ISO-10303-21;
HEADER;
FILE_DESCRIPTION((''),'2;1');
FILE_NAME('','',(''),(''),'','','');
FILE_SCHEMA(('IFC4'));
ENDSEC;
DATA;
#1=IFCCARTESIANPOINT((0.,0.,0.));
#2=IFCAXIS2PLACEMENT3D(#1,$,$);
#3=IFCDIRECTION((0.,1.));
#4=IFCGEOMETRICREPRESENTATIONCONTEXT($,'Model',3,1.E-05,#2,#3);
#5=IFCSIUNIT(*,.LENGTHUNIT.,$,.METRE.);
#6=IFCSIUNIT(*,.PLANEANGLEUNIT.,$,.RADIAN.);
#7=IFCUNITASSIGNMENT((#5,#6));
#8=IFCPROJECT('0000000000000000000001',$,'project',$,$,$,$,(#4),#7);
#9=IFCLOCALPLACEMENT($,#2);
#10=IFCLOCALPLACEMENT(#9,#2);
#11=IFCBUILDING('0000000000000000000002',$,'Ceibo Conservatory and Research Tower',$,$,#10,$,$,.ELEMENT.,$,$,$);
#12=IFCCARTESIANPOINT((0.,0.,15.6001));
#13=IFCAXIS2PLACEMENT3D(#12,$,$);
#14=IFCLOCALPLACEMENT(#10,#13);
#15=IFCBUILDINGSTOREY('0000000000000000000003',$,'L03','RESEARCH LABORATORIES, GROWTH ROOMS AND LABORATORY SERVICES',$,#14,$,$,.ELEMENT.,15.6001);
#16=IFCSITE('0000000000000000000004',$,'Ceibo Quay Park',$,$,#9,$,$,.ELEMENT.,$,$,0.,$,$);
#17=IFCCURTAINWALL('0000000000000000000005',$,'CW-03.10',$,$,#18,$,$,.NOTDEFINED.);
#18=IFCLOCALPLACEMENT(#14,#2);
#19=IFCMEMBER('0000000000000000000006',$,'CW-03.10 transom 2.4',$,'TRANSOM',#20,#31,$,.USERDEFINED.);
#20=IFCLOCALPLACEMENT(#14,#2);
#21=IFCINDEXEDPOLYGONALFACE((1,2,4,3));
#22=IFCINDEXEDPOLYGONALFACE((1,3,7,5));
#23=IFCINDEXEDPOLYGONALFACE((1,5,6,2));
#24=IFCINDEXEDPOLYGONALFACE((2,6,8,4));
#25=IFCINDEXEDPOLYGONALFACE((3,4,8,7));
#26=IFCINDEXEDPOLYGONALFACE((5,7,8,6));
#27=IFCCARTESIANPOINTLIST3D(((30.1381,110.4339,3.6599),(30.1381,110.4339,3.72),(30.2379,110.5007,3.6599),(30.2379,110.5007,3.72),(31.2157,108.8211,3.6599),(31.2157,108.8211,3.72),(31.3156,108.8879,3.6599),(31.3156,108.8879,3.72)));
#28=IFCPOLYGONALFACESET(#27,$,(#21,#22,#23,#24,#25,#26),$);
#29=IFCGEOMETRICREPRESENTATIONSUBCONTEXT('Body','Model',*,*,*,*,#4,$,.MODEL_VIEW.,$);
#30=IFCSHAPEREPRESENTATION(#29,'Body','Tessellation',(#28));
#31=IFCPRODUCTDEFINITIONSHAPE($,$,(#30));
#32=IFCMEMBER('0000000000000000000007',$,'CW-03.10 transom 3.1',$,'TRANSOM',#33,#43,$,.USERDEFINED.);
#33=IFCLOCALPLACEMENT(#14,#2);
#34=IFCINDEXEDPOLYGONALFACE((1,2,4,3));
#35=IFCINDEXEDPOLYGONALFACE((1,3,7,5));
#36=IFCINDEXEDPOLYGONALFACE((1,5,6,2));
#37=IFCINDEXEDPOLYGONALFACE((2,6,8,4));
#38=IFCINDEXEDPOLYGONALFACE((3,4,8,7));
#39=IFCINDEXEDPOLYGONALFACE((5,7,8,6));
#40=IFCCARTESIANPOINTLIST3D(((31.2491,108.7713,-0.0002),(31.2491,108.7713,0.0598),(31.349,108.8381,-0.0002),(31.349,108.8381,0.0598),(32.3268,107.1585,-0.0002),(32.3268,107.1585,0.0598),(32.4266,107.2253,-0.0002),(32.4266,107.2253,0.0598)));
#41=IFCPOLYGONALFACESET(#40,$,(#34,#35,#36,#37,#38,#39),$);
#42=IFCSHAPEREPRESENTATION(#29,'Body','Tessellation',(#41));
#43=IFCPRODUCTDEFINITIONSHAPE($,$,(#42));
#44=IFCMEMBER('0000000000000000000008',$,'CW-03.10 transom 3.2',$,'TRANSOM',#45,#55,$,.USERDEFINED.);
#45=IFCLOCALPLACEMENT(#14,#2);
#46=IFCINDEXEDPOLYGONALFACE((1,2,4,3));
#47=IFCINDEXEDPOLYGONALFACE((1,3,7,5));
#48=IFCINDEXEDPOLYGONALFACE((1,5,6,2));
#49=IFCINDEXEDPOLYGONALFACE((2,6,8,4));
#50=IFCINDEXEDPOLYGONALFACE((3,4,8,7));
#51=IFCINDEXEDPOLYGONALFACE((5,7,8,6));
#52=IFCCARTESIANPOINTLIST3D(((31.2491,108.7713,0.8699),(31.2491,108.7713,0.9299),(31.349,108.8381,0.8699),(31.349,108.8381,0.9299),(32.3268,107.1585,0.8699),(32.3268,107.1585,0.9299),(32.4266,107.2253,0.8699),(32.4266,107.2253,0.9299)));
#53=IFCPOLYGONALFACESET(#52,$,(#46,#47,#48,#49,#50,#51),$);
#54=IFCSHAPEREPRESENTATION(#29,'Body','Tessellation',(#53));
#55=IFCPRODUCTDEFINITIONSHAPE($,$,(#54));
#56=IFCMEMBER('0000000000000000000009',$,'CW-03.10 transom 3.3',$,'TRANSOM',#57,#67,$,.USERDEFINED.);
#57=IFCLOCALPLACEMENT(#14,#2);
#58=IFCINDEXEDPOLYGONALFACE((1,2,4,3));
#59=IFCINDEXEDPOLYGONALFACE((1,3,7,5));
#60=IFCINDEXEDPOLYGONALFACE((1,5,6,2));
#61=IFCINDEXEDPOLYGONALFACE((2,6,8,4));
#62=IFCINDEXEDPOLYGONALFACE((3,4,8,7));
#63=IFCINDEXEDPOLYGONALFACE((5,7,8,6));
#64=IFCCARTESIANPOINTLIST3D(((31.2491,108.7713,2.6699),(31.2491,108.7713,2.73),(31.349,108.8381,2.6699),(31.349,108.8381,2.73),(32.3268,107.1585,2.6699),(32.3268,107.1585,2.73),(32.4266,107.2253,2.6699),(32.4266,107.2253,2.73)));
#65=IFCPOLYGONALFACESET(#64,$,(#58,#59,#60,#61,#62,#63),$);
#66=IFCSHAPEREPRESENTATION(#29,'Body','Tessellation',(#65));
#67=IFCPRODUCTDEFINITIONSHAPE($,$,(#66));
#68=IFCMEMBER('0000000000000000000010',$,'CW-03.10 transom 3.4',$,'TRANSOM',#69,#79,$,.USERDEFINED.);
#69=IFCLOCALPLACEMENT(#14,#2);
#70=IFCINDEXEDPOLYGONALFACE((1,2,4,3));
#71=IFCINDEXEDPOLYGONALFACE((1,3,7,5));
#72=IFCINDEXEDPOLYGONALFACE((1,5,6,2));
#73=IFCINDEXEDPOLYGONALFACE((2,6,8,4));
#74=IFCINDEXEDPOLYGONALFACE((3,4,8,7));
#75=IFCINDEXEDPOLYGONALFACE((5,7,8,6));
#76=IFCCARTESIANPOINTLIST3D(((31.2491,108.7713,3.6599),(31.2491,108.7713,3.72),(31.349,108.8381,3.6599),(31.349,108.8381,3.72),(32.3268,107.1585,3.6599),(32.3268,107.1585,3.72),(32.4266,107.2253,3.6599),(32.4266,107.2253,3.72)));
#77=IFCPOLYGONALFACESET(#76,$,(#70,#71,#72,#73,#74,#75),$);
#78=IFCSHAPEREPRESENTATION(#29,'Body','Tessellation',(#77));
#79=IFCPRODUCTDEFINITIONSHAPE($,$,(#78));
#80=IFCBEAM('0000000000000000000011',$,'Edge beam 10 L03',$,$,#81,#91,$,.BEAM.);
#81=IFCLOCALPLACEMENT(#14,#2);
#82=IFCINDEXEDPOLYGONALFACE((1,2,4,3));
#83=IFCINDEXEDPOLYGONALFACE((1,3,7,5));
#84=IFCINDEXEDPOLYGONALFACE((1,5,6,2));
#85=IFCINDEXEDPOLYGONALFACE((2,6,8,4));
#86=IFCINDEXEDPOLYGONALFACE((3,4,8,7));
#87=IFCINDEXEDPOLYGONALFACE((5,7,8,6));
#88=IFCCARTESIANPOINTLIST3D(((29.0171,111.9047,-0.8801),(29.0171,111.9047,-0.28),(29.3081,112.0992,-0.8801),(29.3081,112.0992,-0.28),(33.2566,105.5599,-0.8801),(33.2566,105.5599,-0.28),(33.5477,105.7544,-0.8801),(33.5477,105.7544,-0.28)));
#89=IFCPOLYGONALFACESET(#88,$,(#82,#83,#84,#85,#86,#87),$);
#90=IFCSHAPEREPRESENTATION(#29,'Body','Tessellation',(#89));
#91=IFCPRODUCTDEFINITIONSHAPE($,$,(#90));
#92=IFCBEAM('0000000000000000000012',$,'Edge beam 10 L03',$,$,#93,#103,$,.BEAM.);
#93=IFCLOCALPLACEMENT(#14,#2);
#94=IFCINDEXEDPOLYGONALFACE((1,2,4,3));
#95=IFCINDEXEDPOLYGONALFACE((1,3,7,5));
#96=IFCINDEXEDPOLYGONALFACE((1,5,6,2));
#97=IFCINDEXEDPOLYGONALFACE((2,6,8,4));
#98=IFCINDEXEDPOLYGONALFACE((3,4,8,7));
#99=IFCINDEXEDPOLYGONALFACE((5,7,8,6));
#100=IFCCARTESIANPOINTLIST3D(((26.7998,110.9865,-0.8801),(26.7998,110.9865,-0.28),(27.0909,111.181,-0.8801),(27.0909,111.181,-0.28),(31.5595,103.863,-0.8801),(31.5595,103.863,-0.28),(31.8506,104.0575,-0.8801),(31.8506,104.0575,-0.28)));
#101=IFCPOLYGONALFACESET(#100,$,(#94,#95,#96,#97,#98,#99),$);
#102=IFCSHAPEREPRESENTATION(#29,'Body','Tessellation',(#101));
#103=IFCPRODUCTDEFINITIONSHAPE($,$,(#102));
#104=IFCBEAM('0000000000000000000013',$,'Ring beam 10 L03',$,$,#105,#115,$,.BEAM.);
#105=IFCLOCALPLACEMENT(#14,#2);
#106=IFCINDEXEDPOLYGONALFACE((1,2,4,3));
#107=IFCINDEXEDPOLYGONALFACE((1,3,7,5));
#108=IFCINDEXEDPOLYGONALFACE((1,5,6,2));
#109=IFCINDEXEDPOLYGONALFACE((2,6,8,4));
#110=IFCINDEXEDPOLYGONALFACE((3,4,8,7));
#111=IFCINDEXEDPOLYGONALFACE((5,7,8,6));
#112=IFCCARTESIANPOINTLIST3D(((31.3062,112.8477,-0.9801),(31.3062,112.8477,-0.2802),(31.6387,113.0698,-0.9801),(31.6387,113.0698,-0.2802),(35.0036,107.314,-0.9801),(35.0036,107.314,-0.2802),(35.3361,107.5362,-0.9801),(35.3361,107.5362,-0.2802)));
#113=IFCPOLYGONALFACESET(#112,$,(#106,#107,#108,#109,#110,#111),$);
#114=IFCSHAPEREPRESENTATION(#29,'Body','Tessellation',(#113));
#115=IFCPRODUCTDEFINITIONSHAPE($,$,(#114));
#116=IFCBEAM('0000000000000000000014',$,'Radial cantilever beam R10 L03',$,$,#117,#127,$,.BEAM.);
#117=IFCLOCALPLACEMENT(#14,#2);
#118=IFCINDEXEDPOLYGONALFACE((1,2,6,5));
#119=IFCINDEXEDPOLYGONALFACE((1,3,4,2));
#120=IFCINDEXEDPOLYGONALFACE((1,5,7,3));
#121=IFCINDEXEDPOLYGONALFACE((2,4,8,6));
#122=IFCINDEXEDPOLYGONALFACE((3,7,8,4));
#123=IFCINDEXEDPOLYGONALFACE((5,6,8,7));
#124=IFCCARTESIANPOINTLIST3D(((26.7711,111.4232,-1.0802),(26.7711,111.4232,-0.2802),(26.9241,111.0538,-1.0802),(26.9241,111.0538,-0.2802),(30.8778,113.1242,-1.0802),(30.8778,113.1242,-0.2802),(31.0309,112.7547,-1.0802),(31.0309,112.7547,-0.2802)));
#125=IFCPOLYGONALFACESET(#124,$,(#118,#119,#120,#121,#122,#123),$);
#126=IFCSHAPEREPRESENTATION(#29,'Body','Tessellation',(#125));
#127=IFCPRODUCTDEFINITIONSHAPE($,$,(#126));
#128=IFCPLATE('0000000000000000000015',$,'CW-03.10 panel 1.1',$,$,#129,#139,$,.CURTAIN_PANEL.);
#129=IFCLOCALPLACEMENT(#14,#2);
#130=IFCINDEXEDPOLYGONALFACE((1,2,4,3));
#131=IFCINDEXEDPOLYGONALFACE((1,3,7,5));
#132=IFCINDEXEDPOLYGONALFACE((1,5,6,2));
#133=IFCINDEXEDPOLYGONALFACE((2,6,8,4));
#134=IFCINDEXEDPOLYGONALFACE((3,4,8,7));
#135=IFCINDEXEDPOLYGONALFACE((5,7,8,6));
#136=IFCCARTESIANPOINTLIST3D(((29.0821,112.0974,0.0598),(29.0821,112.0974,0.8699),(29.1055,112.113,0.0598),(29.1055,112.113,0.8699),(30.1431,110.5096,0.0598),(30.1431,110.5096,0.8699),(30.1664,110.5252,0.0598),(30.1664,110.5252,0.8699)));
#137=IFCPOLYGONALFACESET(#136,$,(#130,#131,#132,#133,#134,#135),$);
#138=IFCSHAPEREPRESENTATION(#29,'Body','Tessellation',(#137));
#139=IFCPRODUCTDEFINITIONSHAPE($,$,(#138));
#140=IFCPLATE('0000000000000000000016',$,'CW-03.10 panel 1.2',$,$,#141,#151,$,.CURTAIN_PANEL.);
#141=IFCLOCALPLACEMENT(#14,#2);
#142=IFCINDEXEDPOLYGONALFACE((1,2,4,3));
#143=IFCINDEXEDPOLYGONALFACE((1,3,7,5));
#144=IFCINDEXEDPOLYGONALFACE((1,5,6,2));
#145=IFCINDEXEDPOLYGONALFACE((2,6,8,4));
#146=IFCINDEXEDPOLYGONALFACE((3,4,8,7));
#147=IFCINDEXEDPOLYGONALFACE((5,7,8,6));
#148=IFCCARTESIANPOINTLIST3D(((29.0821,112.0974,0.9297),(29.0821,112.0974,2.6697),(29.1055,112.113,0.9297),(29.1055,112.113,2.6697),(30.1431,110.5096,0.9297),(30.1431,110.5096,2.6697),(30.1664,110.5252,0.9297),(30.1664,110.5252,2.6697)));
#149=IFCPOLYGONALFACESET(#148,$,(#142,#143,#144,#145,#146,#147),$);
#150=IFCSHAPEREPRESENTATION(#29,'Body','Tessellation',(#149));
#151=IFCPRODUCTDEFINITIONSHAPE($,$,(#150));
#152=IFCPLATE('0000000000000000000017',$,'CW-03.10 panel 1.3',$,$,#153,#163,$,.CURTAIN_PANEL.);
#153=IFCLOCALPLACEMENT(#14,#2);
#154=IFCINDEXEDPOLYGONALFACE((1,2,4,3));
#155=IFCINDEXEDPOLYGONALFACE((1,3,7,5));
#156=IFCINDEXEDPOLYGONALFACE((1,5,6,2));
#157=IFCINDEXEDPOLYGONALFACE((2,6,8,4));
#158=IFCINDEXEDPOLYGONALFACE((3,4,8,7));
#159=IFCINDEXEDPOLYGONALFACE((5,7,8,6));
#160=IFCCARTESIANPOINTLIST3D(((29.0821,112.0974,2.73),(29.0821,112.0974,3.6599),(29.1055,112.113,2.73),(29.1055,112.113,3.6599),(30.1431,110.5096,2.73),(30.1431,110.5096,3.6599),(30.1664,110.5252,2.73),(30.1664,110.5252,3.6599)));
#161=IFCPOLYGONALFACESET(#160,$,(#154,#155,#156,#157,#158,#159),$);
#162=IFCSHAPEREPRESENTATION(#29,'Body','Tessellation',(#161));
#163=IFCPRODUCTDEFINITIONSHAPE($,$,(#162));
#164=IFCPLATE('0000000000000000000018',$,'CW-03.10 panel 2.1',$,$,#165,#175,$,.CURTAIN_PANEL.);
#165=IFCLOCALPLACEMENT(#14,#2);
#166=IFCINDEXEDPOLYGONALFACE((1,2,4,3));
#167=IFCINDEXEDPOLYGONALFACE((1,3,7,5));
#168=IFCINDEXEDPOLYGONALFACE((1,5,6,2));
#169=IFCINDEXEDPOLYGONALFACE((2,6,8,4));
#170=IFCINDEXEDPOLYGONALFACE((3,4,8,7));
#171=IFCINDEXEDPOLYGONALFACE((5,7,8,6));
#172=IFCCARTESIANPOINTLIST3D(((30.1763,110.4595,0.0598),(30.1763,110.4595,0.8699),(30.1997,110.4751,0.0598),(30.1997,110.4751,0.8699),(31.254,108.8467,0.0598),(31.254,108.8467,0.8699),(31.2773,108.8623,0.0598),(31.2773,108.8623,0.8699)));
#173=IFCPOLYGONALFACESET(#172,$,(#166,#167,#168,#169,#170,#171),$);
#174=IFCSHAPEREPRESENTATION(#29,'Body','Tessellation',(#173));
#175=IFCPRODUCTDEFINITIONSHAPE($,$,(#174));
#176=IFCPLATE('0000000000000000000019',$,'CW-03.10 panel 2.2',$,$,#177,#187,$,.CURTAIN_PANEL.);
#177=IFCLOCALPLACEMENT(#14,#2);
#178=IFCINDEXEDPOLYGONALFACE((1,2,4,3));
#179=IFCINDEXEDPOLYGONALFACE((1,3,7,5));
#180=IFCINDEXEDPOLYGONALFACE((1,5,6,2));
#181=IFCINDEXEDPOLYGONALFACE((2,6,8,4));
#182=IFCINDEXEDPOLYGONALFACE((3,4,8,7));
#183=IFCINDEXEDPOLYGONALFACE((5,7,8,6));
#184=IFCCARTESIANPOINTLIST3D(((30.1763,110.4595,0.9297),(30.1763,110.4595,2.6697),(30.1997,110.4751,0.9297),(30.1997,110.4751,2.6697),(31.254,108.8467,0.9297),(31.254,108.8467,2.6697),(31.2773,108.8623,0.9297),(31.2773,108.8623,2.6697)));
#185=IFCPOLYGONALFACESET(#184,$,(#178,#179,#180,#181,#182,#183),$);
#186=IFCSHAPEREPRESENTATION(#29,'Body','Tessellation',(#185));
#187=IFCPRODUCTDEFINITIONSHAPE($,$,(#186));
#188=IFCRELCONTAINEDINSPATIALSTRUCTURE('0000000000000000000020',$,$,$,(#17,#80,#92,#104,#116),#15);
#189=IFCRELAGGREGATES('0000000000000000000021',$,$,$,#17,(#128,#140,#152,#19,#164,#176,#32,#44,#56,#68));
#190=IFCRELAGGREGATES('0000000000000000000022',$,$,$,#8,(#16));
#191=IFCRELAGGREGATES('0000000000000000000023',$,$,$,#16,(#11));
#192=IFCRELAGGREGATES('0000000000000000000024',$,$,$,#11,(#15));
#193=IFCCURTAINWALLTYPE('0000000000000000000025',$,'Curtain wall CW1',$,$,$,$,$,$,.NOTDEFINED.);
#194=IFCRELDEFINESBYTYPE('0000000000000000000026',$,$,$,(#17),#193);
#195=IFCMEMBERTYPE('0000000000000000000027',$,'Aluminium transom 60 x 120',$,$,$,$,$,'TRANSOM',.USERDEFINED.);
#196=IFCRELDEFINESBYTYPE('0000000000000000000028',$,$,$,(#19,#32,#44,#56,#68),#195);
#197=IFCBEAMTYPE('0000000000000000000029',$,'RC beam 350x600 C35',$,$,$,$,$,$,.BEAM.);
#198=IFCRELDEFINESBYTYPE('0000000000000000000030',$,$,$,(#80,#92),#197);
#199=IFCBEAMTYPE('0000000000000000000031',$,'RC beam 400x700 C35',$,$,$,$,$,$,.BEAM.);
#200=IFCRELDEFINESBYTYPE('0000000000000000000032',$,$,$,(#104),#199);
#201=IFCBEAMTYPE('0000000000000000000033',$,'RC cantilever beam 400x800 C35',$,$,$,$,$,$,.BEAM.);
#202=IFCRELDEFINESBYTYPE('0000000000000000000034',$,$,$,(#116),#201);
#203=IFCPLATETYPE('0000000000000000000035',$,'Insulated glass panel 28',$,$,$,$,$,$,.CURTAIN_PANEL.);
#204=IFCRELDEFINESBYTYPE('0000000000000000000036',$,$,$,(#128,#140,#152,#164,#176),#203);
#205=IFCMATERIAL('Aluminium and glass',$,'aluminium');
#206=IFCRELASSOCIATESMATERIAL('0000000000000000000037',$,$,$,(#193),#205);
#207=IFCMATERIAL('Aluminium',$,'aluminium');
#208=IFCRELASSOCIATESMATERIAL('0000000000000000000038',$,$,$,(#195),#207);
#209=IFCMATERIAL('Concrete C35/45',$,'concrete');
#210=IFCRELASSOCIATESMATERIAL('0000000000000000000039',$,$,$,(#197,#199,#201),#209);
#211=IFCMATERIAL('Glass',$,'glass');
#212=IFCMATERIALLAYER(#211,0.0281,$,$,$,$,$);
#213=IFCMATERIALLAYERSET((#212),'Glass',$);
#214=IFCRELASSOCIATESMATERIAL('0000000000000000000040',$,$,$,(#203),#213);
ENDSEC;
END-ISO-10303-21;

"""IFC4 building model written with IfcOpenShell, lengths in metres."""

from ifc_helpers import new_model, si_unit, direction, frame, origin, origin_2d, place, context, subcontext, project, spatial, rectangle, extrude, material, layer, layer_set, material_profile, profile_set, type_object, element, aggregate, save


model = new_model("IFC4")

# Units and contexts
model_context = context("Model", 3, precision=1e-05, world=origin(), true_north=direction((0.0, 1.0)))
body_context = subcontext(model_context, "Body", "Model", "MODEL_VIEW")
ifc_project = project(units=[si_unit("LENGTHUNIT", "METRE"), si_unit("PLANEANGLEUNIT", "RADIAN")], contexts=[model_context])

# Site, building, storey
site_placement = place(None, origin())
site = spatial("IfcSite", under=ifc_project, at=site_placement, Name="Ceibo Quay Park", CompositionType="ELEMENT", RefElevation=0.0)
building_placement = place(site_placement, origin())
building = spatial("IfcBuilding", under=site, at=building_placement, Name="Ceibo Conservatory and Research Tower", CompositionType="ELEMENT")
storey_placement = place(building_placement, frame((0.0, 0.0, 15.6001)))
storey = spatial("IfcBuildingStorey", under=building, at=storey_placement, Name="L03", Description="RESEARCH LABORATORIES, GROWTH ROOMS AND LABORATORY SERVICES", CompositionType="ELEMENT", Elevation=15.6001)

# Shared definitions
ifc_material_1 = material(Name="Concrete C35/45", Category="concrete")

# Shared definitions
ifc_material_2 = material(Name="Aluminium and glass", Category="aluminium")
curtain_wall_type = type_object("IfcCurtainWallType", Name="Curtain wall CW1", PredefinedType="NOTDEFINED", material=ifc_material_2)
ifc_material_3 = material(Name="Aluminium", Category="aluminium")

# Curtain wall, members
curtain_wall_1_placement = place(storey_placement, origin())
curtain_wall_1 = element("IfcCurtainWall", 1, at=curtain_wall_1_placement, inside=storey, type_object=curtain_wall_type, Name="CW-03.10", PredefinedType="NOTDEFINED")
ifc_material_profile_1 = material_profile(ifc_material_3, rectangle(XDim=0.1201, YDim=0.0601, at=origin_2d()), Name="Aluminium 60 x 120")
ifc_profile_set_1 = profile_set([ifc_material_profile_1], Name="Aluminium")
member_type_1 = type_object("IfcMemberType", Name="Aluminium transom 60 x 120", ElementType="TRANSOM", PredefinedType="USERDEFINED", material=ifc_profile_set_1)
member_1_placement = place(storey_placement, frame((30.188, 110.4673, 3.6899), z_axis=(0.555571, -0.831469, 0.0), x_axis=(0.831469, 0.555571, 0.0)))
member_1 = element("IfcMember", 2, at=member_1_placement, type_object=member_type_1, Name="CW-03.10 transom 2.4", ObjectType="TRANSOM", PredefinedType="USERDEFINED", context=body_context, shape_type="SweptSolid", body=[
    extrude(rectangle(XDim=0.1201, YDim=0.0601, at=origin_2d()), origin(), (0.0, 0.0, 1.0), 1.9397),
])
member_2_placement = place(storey_placement, frame((31.2991, 108.8047, 0.0298), z_axis=(0.555571, -0.831469, 0.0), x_axis=(0.831469, 0.555571, 0.0)))
member_2 = element("IfcMember", 3, at=member_2_placement, type_object=member_type_1, Name="CW-03.10 transom 3.1", ObjectType="TRANSOM", PredefinedType="USERDEFINED", context=body_context, shape_type="SweptSolid", body=[
    extrude(rectangle(XDim=0.1201, YDim=0.0601, at=origin_2d()), origin(), (0.0, 0.0, 1.0), 1.9397),
])
member_3_placement = place(storey_placement, frame((31.2991, 108.8047, 0.8999), z_axis=(0.555571, -0.831469, 0.0), x_axis=(0.831469, 0.555571, 0.0)))
member_3 = element("IfcMember", 4, at=member_3_placement, type_object=member_type_1, Name="CW-03.10 transom 3.2", ObjectType="TRANSOM", PredefinedType="USERDEFINED", context=body_context, shape_type="SweptSolid", body=[
    extrude(rectangle(XDim=0.1201, YDim=0.0601, at=origin_2d()), origin(), (0.0, 0.0, 1.0), 1.9397),
])
member_4_placement = place(storey_placement, frame((31.2991, 108.8047, 2.7), z_axis=(0.555571, -0.831469, 0.0), x_axis=(0.831469, 0.555571, 0.0)))
member_4 = element("IfcMember", 5, at=member_4_placement, type_object=member_type_1, Name="CW-03.10 transom 3.3", ObjectType="TRANSOM", PredefinedType="USERDEFINED", context=body_context, shape_type="SweptSolid", body=[
    extrude(rectangle(XDim=0.1201, YDim=0.0601, at=origin_2d()), origin(), (0.0, 0.0, 1.0), 1.9397),
])
member_5_placement = place(storey_placement, frame((31.2991, 108.8047, 3.6899), z_axis=(0.555571, -0.831469, 0.0), x_axis=(0.831469, 0.555571, 0.0)))
member_5 = element("IfcMember", 6, at=member_5_placement, type_object=member_type_1, Name="CW-03.10 transom 3.4", ObjectType="TRANSOM", PredefinedType="USERDEFINED", context=body_context, shape_type="SweptSolid", body=[
    extrude(rectangle(XDim=0.1201, YDim=0.0601, at=origin_2d()), origin(), (0.0, 0.0, 1.0), 1.9397),
])

# Beams
ifc_material_profile_2 = material_profile(ifc_material_1, rectangle(XDim=0.3501, YDim=0.6001, at=origin_2d()), Name="RC 350x600")
ifc_profile_set_2 = profile_set([ifc_material_profile_2], Name="Concrete C35/45")
beam_type_1 = type_object("IfcBeamType", Name="RC beam 350x600 C35", PredefinedType="BEAM", material=ifc_profile_set_2)
beam_1_placement = place(storey_placement, frame((29.1626, 112.002, -0.5801), z_axis=(0.555578, -0.831464, 0.0), x_axis=(0.831464, 0.555578, 0.0)))
element("IfcBeam", 7, at=beam_1_placement, inside=storey, type_object=beam_type_1, Name="Edge beam 10 L03", PredefinedType="BEAM", context=body_context, shape_type="SweptSolid", body=[
    extrude(rectangle(XDim=0.3501, YDim=0.6001, at=origin_2d()), origin(), (0.0, 0.0, 1.0), 7.6309),
])
beam_2_placement = place(storey_placement, frame((26.9453, 111.0837, -0.5801), z_axis=(0.555568, -0.831471, 0.0), x_axis=(0.831471, 0.555568, 0.0)))
element("IfcBeam", 8, at=beam_2_placement, inside=storey, type_object=beam_type_1, Name="Edge beam 10 L03", PredefinedType="BEAM", context=body_context, shape_type="SweptSolid", body=[
    extrude(rectangle(XDim=0.3501, YDim=0.6001, at=origin_2d()), origin(), (0.0, 0.0, 1.0), 8.5674),
])
ifc_material_profile_3 = material_profile(ifc_material_1, rectangle(XDim=0.3999, YDim=0.7, at=origin_2d()), Name="RC 400x700")
ifc_profile_set_3 = profile_set([ifc_material_profile_3], Name="Concrete C35/45")
beam_type_2 = type_object("IfcBeamType", Name="RC beam 400x700 C35", PredefinedType="BEAM", material=ifc_profile_set_3)
beam_3_placement = place(storey_placement, frame((31.4724, 112.9587, -0.6301), z_axis=(0.555572, -0.831469, 0.0), x_axis=(0.831469, 0.555572, 0.0)))
element("IfcBeam", 9, at=beam_3_placement, inside=storey, type_object=beam_type_2, Name="Ring beam 10 L03", PredefinedType="BEAM", context=body_context, shape_type="SweptSolid", body=[
    extrude(rectangle(XDim=0.3999, YDim=0.7, at=origin_2d()), origin(), (0.0, 0.0, 1.0), 6.6553),
])
ifc_material_profile_4 = material_profile(ifc_material_1, rectangle(XDim=0.3999, YDim=0.8, at=origin_2d()), Name="RC 400x800")
ifc_profile_set_4 = profile_set([ifc_material_profile_4], Name="Concrete C35/45")
beam_type_3 = type_object("IfcBeamType", Name="RC cantilever beam 400x800 C35", PredefinedType="BEAM", material=ifc_profile_set_4)
beam_4_placement = place(storey_placement, frame((30.9543, 112.9395, -0.6802), z_axis=(-0.923889, -0.382661, 0.0), x_axis=(0.382661, -0.923889, 0.0)))
element("IfcBeam", 10, at=beam_4_placement, inside=storey, type_object=beam_type_3, Name="Radial cantilever beam R10 L03", PredefinedType="BEAM", context=body_context, shape_type="SweptSolid", body=[
    extrude(rectangle(XDim=0.3999, YDim=0.8, at=origin_2d()), origin(), (0.0, 0.0, 1.0), 4.4451),
])

# Plates
ifc_material_4 = material(Name="Glass", Category="glass")
ifc_layer_1 = layer(ifc_material_4, 0.0281)
ifc_layer_set_1 = layer_set([ifc_layer_1], Name="Glass")
plate_type = type_object("IfcPlateType", Name="Insulated glass panel 28", PredefinedType="CURTAIN_PANEL", material=ifc_layer_set_1)
plate_1_placement = place(storey_placement, frame((29.6243, 111.3113, 0.0598), z_axis=(0.0, 0.0, 1.0), x_axis=(0.55557, -0.83147, 0.0)))
plate_1 = element("IfcPlate", 11, at=plate_1_placement, type_object=plate_type, Name="CW-03.10 panel 1.1", PredefinedType="CURTAIN_PANEL", context=body_context, shape_type="SweptSolid", body=[
    extrude(rectangle(XDim=1.9097, YDim=0.0281, at=origin_2d()), origin(), (0.0, 0.0, 1.0), 0.8101),
])
plate_2_placement = place(storey_placement, frame((29.6243, 111.3113, 0.9297), z_axis=(0.0, 0.0, 1.0), x_axis=(0.55557, -0.83147, 0.0)))
plate_2 = element("IfcPlate", 12, at=plate_2_placement, type_object=plate_type, Name="CW-03.10 panel 1.2", PredefinedType="CURTAIN_PANEL", context=body_context, shape_type="SweptSolid", body=[
    extrude(rectangle(XDim=1.9097, YDim=0.0281, at=origin_2d()), origin(), (0.0, 0.0, 1.0), 1.74),
])
plate_3_placement = place(storey_placement, frame((29.6243, 111.3113, 2.73), z_axis=(0.0, 0.0, 1.0), x_axis=(0.55557, -0.83147, 0.0)))
plate_3 = element("IfcPlate", 13, at=plate_3_placement, type_object=plate_type, Name="CW-03.10 panel 1.3", PredefinedType="CURTAIN_PANEL", context=body_context, shape_type="SweptSolid", body=[
    extrude(rectangle(XDim=1.9097, YDim=0.0281, at=origin_2d()), origin(), (0.0, 0.0, 1.0), 0.9299),
])
plate_4_placement = place(storey_placement, frame((30.7268, 109.6609, 0.0598), z_axis=(0.0, 0.0, 1.0), x_axis=(0.55557, -0.83147, 0.0)))
plate_4 = element("IfcPlate", 14, at=plate_4_placement, type_object=plate_type, Name="CW-03.10 panel 2.1", PredefinedType="CURTAIN_PANEL", context=body_context, shape_type="SweptSolid", body=[
    extrude(rectangle(XDim=1.9397, YDim=0.0281, at=origin_2d()), origin(), (0.0, 0.0, 1.0), 0.8101),
])
plate_5_placement = place(storey_placement, frame((30.7268, 109.6609, 0.9297), z_axis=(0.0, 0.0, 1.0), x_axis=(0.55557, -0.83147, 0.0)))
plate_5 = element("IfcPlate", 15, at=plate_5_placement, type_object=plate_type, Name="CW-03.10 panel 2.2", PredefinedType="CURTAIN_PANEL", context=body_context, shape_type="SweptSolid", body=[
    extrude(rectangle(XDim=1.9397, YDim=0.0281, at=origin_2d()), origin(), (0.0, 0.0, 1.0), 1.74),
])
aggregate(curtain_wall_1, [plate_1, plate_2, plate_3, member_1, plate_4, plate_5, member_2, member_3, member_4, member_5])

save(model, "model.ifc")
